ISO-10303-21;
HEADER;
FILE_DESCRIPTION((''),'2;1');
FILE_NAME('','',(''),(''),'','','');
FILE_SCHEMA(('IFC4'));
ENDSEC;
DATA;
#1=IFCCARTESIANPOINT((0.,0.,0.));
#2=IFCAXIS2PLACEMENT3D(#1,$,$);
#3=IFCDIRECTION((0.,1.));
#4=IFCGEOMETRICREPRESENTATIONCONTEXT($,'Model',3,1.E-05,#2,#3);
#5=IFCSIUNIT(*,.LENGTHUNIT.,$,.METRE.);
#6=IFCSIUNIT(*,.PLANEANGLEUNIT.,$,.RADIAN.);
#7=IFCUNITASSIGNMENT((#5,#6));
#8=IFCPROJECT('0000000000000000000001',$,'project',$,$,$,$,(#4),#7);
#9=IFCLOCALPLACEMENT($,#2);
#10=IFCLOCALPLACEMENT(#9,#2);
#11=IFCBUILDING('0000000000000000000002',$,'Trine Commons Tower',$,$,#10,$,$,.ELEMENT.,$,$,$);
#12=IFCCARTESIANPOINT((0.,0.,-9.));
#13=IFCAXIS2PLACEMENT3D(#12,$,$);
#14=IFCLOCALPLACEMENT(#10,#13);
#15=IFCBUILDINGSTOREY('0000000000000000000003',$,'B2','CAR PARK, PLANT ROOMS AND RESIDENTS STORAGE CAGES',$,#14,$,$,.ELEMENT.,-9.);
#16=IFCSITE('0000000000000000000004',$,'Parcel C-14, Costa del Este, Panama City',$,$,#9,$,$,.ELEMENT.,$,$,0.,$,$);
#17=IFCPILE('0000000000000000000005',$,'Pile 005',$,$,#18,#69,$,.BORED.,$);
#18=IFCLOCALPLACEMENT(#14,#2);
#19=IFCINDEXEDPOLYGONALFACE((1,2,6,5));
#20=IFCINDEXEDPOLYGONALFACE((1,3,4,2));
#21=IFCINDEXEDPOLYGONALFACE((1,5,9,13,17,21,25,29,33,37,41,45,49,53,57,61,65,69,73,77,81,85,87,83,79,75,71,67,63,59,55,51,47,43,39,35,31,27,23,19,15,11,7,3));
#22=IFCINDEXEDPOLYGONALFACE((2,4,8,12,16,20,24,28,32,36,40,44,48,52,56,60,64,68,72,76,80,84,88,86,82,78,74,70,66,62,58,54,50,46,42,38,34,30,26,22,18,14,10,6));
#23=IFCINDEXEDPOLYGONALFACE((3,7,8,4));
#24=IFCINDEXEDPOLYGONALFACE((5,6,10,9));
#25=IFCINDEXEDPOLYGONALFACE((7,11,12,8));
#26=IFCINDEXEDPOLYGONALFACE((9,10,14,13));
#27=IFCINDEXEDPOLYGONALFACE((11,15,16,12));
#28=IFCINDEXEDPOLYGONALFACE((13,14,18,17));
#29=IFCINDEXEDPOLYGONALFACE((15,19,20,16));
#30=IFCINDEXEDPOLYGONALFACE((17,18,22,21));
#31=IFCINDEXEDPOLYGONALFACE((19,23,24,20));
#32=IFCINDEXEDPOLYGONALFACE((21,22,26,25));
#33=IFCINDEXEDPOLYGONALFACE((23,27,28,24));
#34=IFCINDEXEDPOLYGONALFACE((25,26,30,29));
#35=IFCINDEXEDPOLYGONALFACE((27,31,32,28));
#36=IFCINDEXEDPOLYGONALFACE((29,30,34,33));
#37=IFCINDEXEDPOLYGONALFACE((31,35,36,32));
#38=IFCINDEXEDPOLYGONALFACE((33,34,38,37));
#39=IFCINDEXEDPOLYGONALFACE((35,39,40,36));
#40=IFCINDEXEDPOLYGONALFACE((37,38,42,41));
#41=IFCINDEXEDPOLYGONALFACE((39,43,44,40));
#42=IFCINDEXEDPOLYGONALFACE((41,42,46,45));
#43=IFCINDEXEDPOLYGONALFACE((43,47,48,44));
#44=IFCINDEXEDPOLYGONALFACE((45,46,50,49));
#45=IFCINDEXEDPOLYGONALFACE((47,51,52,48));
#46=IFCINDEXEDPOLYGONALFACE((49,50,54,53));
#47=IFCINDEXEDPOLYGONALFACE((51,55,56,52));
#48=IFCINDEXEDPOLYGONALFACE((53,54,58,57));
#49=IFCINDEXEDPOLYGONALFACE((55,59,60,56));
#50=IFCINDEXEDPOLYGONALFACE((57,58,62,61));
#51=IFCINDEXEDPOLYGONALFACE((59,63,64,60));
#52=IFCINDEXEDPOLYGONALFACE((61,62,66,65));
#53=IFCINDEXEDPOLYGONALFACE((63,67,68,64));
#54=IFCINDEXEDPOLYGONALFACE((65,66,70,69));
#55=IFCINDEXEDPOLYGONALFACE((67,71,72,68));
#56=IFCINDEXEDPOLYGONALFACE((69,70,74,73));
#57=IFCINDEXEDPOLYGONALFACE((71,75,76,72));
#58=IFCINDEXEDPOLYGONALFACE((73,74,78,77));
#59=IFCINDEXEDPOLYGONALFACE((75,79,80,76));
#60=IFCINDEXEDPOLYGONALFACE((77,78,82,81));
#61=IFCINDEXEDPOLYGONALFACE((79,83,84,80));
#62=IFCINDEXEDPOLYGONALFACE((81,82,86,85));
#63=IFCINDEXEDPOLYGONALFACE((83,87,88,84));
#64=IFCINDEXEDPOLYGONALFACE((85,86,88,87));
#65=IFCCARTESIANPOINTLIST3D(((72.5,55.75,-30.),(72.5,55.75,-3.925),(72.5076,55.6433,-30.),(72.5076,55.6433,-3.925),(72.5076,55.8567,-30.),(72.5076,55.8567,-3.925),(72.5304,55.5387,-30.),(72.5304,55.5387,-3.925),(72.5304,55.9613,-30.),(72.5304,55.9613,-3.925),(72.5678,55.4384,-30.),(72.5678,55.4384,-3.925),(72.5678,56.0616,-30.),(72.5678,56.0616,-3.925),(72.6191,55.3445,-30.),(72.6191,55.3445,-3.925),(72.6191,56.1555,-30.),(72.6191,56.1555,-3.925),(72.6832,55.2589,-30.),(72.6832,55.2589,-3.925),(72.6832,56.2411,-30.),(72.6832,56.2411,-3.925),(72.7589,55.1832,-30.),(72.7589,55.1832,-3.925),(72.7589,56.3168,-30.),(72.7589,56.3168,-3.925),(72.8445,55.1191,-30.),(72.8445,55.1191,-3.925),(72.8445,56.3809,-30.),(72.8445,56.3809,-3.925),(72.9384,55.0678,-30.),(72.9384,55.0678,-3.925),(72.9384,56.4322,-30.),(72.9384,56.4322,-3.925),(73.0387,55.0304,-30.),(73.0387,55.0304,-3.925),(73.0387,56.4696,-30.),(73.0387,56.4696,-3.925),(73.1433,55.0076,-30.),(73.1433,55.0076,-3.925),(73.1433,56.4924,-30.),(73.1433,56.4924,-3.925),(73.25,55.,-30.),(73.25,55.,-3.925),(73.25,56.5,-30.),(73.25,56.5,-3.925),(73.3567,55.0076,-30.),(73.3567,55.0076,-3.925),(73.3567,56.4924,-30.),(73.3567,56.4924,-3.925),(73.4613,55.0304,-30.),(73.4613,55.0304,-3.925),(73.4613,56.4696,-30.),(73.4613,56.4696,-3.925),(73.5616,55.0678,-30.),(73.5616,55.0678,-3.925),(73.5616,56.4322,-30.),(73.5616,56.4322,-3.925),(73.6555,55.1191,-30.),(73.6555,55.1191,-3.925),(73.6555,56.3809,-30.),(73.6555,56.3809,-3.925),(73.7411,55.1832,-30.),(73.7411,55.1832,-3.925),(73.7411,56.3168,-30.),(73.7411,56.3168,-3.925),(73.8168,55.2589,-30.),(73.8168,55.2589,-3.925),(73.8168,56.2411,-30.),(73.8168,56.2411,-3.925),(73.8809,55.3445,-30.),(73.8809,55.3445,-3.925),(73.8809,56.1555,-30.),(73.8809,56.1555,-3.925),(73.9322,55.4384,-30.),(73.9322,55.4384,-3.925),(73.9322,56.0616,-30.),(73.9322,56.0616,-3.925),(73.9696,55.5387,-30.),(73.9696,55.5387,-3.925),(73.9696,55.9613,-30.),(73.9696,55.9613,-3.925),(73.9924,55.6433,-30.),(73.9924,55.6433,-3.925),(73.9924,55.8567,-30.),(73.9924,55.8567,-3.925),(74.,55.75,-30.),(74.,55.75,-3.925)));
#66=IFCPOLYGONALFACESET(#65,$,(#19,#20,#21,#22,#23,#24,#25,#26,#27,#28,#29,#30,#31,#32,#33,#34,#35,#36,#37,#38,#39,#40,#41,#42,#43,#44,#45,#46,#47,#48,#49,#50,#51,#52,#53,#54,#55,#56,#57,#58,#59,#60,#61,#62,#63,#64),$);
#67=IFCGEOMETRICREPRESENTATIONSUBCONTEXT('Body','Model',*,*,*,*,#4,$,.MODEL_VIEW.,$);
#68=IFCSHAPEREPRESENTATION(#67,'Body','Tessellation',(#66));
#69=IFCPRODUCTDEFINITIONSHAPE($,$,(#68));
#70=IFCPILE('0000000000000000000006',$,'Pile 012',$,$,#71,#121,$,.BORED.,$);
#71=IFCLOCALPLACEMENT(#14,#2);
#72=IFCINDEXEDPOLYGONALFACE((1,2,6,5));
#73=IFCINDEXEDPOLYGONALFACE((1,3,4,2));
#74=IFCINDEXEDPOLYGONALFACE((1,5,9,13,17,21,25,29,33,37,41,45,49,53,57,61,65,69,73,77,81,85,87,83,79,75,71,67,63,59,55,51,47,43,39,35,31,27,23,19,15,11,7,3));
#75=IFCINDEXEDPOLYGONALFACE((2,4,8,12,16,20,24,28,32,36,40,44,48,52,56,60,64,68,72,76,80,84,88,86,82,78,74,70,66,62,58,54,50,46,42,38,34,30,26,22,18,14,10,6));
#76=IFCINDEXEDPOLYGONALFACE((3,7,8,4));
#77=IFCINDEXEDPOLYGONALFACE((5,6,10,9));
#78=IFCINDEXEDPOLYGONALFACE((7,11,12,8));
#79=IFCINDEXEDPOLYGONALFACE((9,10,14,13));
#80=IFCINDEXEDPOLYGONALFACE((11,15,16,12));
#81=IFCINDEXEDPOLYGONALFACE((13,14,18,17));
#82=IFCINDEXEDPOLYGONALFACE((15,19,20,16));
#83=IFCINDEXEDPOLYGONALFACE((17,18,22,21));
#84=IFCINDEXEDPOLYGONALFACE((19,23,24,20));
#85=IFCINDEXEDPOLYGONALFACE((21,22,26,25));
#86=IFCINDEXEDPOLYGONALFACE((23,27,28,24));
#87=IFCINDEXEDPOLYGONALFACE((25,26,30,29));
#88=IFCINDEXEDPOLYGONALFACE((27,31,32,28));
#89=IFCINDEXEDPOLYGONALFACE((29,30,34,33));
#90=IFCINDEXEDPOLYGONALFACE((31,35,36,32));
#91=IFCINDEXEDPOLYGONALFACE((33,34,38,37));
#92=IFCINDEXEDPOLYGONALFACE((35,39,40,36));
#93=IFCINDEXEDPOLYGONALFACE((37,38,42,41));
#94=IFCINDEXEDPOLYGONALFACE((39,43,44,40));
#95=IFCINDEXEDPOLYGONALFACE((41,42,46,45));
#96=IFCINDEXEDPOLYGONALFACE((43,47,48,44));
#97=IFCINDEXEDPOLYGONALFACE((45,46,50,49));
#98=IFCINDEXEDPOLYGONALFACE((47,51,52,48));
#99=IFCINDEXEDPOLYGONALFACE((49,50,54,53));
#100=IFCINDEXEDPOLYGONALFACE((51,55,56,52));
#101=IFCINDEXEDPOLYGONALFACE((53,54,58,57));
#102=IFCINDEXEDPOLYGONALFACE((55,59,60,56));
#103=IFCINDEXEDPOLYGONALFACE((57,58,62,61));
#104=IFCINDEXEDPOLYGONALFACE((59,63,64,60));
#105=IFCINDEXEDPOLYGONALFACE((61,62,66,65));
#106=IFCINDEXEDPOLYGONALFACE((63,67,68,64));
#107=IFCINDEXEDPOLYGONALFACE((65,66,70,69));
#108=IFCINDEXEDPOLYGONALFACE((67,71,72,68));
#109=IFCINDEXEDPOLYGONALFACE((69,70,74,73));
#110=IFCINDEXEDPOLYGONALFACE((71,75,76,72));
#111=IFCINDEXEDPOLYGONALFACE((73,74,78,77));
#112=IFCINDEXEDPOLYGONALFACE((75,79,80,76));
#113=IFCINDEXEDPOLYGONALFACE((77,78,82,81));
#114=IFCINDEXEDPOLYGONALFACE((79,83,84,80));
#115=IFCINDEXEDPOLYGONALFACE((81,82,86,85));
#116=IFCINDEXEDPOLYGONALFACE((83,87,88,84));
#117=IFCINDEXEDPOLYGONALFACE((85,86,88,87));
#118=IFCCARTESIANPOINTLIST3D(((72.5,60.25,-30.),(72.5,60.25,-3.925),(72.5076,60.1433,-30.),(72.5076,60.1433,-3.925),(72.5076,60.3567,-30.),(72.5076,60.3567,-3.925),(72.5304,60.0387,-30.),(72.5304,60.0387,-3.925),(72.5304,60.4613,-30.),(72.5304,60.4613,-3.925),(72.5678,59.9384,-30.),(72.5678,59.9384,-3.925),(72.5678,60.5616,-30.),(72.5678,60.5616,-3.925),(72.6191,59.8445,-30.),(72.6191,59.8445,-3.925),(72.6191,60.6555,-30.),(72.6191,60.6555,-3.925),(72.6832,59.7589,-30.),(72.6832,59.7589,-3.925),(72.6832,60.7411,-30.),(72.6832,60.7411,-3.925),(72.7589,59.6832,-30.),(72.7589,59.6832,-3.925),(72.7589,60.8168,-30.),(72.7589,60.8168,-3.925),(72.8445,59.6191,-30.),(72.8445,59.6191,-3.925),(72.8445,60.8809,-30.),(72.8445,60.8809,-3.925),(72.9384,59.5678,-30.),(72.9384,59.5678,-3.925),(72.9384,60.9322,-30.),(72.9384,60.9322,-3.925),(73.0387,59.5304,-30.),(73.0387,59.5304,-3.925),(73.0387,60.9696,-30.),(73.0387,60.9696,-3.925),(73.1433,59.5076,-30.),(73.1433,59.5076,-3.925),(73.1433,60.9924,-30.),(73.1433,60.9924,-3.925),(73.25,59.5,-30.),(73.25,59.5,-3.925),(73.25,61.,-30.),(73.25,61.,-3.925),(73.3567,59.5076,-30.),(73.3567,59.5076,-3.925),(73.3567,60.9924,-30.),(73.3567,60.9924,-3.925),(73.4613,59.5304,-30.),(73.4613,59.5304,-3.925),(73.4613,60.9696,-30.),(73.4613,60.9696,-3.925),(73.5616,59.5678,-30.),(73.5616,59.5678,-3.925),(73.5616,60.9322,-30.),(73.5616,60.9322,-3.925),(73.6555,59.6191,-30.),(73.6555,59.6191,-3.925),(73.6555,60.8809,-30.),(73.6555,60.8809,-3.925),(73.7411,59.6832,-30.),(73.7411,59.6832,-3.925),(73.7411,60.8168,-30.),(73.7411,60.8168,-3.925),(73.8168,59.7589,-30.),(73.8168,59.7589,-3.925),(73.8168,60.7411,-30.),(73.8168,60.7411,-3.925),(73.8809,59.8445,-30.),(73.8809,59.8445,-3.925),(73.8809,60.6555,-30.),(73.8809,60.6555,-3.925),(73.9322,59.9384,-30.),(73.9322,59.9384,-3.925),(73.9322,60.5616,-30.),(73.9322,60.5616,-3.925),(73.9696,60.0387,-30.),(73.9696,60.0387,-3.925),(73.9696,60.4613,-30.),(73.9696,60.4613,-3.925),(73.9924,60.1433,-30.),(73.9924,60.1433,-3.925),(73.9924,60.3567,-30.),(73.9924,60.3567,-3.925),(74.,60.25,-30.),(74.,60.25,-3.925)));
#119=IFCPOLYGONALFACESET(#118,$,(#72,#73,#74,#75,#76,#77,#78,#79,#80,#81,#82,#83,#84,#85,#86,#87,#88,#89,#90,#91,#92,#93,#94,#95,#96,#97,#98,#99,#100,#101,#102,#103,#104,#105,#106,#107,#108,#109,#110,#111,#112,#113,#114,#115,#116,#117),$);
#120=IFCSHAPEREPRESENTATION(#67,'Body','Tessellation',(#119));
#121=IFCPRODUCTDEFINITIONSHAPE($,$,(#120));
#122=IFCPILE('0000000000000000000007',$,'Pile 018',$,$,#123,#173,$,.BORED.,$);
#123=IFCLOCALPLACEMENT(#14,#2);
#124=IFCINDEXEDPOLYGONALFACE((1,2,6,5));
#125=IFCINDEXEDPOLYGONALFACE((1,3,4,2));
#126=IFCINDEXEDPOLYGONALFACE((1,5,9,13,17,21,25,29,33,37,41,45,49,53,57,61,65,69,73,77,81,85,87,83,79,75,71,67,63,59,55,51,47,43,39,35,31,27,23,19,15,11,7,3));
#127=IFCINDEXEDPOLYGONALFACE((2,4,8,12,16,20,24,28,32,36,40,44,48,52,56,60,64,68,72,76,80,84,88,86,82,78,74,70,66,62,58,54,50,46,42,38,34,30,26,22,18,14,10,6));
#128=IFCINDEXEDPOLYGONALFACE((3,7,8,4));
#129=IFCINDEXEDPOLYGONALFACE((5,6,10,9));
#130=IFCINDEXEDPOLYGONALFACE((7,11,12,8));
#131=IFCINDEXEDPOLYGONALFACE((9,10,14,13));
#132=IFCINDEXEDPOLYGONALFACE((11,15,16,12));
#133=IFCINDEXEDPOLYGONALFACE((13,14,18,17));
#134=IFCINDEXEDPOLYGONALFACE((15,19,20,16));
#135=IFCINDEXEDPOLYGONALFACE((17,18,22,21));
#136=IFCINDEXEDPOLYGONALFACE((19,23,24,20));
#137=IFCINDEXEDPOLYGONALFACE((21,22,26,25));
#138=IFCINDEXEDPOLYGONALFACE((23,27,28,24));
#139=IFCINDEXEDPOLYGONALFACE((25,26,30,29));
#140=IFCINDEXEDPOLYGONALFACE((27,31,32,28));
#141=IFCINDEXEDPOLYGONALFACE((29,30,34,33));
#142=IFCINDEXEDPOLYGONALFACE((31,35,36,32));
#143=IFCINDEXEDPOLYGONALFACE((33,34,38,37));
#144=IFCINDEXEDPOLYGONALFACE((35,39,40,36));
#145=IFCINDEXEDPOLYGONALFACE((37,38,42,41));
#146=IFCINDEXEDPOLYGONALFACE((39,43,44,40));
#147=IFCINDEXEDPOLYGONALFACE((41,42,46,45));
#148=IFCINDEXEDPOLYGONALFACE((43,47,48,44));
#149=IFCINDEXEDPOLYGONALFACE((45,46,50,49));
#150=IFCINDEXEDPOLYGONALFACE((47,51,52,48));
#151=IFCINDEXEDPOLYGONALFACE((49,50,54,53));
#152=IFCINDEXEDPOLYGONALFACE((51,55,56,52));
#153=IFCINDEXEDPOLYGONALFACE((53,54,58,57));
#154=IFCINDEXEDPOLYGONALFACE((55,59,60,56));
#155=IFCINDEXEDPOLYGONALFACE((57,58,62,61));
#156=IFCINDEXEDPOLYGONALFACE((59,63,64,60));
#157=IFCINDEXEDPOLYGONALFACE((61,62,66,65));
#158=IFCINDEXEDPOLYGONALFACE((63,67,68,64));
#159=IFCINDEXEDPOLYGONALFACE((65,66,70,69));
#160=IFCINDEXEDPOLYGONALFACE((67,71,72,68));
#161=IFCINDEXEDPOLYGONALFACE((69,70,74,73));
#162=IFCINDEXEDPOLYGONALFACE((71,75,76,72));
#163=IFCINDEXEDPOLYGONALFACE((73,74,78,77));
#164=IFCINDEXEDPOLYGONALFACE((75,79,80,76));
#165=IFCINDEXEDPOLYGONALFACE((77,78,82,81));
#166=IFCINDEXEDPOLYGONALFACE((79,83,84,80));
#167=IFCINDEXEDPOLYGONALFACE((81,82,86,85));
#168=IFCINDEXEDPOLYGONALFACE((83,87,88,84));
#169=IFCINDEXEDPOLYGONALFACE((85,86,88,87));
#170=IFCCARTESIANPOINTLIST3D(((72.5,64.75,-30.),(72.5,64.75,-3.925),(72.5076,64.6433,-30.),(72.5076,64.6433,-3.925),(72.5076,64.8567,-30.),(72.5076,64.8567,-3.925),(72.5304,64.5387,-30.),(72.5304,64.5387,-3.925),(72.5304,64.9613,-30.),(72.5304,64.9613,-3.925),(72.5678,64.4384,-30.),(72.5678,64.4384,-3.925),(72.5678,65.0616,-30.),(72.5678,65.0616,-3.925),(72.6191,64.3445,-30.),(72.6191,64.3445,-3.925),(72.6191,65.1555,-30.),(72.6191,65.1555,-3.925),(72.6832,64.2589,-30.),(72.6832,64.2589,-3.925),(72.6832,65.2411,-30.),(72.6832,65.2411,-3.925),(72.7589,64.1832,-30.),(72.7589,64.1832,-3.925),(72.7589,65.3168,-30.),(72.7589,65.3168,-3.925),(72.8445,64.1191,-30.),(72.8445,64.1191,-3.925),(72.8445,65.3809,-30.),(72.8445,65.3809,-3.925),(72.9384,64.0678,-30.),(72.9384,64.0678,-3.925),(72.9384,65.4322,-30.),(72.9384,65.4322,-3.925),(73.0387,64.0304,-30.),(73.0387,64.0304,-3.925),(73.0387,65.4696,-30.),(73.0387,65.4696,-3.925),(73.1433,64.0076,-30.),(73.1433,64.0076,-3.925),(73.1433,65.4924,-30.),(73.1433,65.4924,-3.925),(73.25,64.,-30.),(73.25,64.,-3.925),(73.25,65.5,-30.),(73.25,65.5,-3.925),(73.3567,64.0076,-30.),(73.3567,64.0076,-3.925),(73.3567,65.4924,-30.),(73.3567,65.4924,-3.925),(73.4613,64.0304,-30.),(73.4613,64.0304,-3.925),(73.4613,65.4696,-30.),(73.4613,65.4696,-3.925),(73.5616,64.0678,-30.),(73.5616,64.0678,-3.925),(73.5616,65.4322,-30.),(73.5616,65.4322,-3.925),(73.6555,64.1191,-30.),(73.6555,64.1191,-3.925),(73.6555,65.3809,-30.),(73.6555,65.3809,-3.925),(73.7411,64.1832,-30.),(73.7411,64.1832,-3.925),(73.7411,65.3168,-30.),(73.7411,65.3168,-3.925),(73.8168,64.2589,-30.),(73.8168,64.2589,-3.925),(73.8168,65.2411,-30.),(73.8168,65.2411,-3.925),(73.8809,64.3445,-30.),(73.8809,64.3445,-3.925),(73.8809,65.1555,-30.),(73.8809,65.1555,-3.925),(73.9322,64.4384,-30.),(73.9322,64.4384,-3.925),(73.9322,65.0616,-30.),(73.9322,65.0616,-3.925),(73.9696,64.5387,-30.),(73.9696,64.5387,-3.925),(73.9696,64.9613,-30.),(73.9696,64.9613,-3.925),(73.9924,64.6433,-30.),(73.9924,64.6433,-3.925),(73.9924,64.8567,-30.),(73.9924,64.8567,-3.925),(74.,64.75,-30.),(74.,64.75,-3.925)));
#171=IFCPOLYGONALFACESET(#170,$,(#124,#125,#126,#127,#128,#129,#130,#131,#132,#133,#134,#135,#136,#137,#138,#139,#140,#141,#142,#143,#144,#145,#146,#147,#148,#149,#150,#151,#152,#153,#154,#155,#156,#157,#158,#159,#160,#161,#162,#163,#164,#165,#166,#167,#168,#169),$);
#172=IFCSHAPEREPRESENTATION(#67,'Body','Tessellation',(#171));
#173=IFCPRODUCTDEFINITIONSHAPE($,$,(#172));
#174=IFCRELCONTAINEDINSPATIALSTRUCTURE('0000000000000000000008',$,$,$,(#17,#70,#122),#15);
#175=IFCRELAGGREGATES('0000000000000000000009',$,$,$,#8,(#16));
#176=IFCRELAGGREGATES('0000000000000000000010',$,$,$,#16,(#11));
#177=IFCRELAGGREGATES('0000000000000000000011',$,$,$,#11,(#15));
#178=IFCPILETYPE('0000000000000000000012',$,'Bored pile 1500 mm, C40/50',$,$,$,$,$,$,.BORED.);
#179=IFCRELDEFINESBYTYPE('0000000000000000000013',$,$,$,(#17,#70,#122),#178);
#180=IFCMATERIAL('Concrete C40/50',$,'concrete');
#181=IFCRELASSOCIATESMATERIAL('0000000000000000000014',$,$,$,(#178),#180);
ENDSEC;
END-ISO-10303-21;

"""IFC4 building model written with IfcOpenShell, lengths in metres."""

from ifc_helpers import new_model, si_unit, direction, frame, origin, origin_2d, place, context, subcontext, project, spatial, circle, extrude, material, type_object, element, save


model = new_model("IFC4")

# Units and contexts
model_context = context("Model", 3, precision=1e-05, world=origin(), true_north=direction((0.0, 1.0)))
body_context = subcontext(model_context, "Body", "Model", "MODEL_VIEW")
ifc_project = project(units=[si_unit("LENGTHUNIT", "METRE"), si_unit("PLANEANGLEUNIT", "RADIAN")], contexts=[model_context])

# Site, building, storey
site_placement = place(None, origin())
site = spatial("IfcSite", under=ifc_project, at=site_placement, Name="Parcel C-14, Costa del Este, Panama City", CompositionType="ELEMENT", RefElevation=0.0)
building_placement = place(site_placement, origin())
building = spatial("IfcBuilding", under=site, at=building_placement, Name="Trine Commons Tower", CompositionType="ELEMENT")
storey_placement = place(building_placement, frame((0.0, 0.0, -9.0)))
storey = spatial("IfcBuildingStorey", under=building, at=storey_placement, Name="B2", Description="CAR PARK, PLANT ROOMS AND RESIDENTS STORAGE CAGES", CompositionType="ELEMENT", Elevation=-9.0)

# Piles
ifc_material_1 = material(Name="Concrete C40/50", Category="concrete")
pile_type = type_object("IfcPileType", Name="Bored pile 1500 mm, C40/50", PredefinedType="BORED", material=ifc_material_1)
for number, where, z_axis, x_axis, name in (
    (1, (73.25, 55.75, -3.925), (0.0, 0.0, -1.0), (1.0, 0.0, 0.0), "Pile 005"),
    (2, (73.25, 60.25, -3.925), (0.0, 0.0, -1.0), (1.0, 0.0, 0.0), "Pile 012"),
    (3, (73.25, 64.75, -3.925), (0.0, 0.0, -1.0), (1.0, 0.0, 0.0), "Pile 018"),
):
    element("IfcPile", number, at=place(storey_placement, frame(where, z_axis=z_axis, x_axis=x_axis)), inside=storey, type_object=pile_type, Name=name, PredefinedType="BORED", context=body_context, shape_type="SweptSolid", body=[
        extrude(circle(Radius=0.75, at=origin_2d()), origin(), (0.0, 0.0, 1.0), 26.075),
    ])

save(model, "model.ifc")
